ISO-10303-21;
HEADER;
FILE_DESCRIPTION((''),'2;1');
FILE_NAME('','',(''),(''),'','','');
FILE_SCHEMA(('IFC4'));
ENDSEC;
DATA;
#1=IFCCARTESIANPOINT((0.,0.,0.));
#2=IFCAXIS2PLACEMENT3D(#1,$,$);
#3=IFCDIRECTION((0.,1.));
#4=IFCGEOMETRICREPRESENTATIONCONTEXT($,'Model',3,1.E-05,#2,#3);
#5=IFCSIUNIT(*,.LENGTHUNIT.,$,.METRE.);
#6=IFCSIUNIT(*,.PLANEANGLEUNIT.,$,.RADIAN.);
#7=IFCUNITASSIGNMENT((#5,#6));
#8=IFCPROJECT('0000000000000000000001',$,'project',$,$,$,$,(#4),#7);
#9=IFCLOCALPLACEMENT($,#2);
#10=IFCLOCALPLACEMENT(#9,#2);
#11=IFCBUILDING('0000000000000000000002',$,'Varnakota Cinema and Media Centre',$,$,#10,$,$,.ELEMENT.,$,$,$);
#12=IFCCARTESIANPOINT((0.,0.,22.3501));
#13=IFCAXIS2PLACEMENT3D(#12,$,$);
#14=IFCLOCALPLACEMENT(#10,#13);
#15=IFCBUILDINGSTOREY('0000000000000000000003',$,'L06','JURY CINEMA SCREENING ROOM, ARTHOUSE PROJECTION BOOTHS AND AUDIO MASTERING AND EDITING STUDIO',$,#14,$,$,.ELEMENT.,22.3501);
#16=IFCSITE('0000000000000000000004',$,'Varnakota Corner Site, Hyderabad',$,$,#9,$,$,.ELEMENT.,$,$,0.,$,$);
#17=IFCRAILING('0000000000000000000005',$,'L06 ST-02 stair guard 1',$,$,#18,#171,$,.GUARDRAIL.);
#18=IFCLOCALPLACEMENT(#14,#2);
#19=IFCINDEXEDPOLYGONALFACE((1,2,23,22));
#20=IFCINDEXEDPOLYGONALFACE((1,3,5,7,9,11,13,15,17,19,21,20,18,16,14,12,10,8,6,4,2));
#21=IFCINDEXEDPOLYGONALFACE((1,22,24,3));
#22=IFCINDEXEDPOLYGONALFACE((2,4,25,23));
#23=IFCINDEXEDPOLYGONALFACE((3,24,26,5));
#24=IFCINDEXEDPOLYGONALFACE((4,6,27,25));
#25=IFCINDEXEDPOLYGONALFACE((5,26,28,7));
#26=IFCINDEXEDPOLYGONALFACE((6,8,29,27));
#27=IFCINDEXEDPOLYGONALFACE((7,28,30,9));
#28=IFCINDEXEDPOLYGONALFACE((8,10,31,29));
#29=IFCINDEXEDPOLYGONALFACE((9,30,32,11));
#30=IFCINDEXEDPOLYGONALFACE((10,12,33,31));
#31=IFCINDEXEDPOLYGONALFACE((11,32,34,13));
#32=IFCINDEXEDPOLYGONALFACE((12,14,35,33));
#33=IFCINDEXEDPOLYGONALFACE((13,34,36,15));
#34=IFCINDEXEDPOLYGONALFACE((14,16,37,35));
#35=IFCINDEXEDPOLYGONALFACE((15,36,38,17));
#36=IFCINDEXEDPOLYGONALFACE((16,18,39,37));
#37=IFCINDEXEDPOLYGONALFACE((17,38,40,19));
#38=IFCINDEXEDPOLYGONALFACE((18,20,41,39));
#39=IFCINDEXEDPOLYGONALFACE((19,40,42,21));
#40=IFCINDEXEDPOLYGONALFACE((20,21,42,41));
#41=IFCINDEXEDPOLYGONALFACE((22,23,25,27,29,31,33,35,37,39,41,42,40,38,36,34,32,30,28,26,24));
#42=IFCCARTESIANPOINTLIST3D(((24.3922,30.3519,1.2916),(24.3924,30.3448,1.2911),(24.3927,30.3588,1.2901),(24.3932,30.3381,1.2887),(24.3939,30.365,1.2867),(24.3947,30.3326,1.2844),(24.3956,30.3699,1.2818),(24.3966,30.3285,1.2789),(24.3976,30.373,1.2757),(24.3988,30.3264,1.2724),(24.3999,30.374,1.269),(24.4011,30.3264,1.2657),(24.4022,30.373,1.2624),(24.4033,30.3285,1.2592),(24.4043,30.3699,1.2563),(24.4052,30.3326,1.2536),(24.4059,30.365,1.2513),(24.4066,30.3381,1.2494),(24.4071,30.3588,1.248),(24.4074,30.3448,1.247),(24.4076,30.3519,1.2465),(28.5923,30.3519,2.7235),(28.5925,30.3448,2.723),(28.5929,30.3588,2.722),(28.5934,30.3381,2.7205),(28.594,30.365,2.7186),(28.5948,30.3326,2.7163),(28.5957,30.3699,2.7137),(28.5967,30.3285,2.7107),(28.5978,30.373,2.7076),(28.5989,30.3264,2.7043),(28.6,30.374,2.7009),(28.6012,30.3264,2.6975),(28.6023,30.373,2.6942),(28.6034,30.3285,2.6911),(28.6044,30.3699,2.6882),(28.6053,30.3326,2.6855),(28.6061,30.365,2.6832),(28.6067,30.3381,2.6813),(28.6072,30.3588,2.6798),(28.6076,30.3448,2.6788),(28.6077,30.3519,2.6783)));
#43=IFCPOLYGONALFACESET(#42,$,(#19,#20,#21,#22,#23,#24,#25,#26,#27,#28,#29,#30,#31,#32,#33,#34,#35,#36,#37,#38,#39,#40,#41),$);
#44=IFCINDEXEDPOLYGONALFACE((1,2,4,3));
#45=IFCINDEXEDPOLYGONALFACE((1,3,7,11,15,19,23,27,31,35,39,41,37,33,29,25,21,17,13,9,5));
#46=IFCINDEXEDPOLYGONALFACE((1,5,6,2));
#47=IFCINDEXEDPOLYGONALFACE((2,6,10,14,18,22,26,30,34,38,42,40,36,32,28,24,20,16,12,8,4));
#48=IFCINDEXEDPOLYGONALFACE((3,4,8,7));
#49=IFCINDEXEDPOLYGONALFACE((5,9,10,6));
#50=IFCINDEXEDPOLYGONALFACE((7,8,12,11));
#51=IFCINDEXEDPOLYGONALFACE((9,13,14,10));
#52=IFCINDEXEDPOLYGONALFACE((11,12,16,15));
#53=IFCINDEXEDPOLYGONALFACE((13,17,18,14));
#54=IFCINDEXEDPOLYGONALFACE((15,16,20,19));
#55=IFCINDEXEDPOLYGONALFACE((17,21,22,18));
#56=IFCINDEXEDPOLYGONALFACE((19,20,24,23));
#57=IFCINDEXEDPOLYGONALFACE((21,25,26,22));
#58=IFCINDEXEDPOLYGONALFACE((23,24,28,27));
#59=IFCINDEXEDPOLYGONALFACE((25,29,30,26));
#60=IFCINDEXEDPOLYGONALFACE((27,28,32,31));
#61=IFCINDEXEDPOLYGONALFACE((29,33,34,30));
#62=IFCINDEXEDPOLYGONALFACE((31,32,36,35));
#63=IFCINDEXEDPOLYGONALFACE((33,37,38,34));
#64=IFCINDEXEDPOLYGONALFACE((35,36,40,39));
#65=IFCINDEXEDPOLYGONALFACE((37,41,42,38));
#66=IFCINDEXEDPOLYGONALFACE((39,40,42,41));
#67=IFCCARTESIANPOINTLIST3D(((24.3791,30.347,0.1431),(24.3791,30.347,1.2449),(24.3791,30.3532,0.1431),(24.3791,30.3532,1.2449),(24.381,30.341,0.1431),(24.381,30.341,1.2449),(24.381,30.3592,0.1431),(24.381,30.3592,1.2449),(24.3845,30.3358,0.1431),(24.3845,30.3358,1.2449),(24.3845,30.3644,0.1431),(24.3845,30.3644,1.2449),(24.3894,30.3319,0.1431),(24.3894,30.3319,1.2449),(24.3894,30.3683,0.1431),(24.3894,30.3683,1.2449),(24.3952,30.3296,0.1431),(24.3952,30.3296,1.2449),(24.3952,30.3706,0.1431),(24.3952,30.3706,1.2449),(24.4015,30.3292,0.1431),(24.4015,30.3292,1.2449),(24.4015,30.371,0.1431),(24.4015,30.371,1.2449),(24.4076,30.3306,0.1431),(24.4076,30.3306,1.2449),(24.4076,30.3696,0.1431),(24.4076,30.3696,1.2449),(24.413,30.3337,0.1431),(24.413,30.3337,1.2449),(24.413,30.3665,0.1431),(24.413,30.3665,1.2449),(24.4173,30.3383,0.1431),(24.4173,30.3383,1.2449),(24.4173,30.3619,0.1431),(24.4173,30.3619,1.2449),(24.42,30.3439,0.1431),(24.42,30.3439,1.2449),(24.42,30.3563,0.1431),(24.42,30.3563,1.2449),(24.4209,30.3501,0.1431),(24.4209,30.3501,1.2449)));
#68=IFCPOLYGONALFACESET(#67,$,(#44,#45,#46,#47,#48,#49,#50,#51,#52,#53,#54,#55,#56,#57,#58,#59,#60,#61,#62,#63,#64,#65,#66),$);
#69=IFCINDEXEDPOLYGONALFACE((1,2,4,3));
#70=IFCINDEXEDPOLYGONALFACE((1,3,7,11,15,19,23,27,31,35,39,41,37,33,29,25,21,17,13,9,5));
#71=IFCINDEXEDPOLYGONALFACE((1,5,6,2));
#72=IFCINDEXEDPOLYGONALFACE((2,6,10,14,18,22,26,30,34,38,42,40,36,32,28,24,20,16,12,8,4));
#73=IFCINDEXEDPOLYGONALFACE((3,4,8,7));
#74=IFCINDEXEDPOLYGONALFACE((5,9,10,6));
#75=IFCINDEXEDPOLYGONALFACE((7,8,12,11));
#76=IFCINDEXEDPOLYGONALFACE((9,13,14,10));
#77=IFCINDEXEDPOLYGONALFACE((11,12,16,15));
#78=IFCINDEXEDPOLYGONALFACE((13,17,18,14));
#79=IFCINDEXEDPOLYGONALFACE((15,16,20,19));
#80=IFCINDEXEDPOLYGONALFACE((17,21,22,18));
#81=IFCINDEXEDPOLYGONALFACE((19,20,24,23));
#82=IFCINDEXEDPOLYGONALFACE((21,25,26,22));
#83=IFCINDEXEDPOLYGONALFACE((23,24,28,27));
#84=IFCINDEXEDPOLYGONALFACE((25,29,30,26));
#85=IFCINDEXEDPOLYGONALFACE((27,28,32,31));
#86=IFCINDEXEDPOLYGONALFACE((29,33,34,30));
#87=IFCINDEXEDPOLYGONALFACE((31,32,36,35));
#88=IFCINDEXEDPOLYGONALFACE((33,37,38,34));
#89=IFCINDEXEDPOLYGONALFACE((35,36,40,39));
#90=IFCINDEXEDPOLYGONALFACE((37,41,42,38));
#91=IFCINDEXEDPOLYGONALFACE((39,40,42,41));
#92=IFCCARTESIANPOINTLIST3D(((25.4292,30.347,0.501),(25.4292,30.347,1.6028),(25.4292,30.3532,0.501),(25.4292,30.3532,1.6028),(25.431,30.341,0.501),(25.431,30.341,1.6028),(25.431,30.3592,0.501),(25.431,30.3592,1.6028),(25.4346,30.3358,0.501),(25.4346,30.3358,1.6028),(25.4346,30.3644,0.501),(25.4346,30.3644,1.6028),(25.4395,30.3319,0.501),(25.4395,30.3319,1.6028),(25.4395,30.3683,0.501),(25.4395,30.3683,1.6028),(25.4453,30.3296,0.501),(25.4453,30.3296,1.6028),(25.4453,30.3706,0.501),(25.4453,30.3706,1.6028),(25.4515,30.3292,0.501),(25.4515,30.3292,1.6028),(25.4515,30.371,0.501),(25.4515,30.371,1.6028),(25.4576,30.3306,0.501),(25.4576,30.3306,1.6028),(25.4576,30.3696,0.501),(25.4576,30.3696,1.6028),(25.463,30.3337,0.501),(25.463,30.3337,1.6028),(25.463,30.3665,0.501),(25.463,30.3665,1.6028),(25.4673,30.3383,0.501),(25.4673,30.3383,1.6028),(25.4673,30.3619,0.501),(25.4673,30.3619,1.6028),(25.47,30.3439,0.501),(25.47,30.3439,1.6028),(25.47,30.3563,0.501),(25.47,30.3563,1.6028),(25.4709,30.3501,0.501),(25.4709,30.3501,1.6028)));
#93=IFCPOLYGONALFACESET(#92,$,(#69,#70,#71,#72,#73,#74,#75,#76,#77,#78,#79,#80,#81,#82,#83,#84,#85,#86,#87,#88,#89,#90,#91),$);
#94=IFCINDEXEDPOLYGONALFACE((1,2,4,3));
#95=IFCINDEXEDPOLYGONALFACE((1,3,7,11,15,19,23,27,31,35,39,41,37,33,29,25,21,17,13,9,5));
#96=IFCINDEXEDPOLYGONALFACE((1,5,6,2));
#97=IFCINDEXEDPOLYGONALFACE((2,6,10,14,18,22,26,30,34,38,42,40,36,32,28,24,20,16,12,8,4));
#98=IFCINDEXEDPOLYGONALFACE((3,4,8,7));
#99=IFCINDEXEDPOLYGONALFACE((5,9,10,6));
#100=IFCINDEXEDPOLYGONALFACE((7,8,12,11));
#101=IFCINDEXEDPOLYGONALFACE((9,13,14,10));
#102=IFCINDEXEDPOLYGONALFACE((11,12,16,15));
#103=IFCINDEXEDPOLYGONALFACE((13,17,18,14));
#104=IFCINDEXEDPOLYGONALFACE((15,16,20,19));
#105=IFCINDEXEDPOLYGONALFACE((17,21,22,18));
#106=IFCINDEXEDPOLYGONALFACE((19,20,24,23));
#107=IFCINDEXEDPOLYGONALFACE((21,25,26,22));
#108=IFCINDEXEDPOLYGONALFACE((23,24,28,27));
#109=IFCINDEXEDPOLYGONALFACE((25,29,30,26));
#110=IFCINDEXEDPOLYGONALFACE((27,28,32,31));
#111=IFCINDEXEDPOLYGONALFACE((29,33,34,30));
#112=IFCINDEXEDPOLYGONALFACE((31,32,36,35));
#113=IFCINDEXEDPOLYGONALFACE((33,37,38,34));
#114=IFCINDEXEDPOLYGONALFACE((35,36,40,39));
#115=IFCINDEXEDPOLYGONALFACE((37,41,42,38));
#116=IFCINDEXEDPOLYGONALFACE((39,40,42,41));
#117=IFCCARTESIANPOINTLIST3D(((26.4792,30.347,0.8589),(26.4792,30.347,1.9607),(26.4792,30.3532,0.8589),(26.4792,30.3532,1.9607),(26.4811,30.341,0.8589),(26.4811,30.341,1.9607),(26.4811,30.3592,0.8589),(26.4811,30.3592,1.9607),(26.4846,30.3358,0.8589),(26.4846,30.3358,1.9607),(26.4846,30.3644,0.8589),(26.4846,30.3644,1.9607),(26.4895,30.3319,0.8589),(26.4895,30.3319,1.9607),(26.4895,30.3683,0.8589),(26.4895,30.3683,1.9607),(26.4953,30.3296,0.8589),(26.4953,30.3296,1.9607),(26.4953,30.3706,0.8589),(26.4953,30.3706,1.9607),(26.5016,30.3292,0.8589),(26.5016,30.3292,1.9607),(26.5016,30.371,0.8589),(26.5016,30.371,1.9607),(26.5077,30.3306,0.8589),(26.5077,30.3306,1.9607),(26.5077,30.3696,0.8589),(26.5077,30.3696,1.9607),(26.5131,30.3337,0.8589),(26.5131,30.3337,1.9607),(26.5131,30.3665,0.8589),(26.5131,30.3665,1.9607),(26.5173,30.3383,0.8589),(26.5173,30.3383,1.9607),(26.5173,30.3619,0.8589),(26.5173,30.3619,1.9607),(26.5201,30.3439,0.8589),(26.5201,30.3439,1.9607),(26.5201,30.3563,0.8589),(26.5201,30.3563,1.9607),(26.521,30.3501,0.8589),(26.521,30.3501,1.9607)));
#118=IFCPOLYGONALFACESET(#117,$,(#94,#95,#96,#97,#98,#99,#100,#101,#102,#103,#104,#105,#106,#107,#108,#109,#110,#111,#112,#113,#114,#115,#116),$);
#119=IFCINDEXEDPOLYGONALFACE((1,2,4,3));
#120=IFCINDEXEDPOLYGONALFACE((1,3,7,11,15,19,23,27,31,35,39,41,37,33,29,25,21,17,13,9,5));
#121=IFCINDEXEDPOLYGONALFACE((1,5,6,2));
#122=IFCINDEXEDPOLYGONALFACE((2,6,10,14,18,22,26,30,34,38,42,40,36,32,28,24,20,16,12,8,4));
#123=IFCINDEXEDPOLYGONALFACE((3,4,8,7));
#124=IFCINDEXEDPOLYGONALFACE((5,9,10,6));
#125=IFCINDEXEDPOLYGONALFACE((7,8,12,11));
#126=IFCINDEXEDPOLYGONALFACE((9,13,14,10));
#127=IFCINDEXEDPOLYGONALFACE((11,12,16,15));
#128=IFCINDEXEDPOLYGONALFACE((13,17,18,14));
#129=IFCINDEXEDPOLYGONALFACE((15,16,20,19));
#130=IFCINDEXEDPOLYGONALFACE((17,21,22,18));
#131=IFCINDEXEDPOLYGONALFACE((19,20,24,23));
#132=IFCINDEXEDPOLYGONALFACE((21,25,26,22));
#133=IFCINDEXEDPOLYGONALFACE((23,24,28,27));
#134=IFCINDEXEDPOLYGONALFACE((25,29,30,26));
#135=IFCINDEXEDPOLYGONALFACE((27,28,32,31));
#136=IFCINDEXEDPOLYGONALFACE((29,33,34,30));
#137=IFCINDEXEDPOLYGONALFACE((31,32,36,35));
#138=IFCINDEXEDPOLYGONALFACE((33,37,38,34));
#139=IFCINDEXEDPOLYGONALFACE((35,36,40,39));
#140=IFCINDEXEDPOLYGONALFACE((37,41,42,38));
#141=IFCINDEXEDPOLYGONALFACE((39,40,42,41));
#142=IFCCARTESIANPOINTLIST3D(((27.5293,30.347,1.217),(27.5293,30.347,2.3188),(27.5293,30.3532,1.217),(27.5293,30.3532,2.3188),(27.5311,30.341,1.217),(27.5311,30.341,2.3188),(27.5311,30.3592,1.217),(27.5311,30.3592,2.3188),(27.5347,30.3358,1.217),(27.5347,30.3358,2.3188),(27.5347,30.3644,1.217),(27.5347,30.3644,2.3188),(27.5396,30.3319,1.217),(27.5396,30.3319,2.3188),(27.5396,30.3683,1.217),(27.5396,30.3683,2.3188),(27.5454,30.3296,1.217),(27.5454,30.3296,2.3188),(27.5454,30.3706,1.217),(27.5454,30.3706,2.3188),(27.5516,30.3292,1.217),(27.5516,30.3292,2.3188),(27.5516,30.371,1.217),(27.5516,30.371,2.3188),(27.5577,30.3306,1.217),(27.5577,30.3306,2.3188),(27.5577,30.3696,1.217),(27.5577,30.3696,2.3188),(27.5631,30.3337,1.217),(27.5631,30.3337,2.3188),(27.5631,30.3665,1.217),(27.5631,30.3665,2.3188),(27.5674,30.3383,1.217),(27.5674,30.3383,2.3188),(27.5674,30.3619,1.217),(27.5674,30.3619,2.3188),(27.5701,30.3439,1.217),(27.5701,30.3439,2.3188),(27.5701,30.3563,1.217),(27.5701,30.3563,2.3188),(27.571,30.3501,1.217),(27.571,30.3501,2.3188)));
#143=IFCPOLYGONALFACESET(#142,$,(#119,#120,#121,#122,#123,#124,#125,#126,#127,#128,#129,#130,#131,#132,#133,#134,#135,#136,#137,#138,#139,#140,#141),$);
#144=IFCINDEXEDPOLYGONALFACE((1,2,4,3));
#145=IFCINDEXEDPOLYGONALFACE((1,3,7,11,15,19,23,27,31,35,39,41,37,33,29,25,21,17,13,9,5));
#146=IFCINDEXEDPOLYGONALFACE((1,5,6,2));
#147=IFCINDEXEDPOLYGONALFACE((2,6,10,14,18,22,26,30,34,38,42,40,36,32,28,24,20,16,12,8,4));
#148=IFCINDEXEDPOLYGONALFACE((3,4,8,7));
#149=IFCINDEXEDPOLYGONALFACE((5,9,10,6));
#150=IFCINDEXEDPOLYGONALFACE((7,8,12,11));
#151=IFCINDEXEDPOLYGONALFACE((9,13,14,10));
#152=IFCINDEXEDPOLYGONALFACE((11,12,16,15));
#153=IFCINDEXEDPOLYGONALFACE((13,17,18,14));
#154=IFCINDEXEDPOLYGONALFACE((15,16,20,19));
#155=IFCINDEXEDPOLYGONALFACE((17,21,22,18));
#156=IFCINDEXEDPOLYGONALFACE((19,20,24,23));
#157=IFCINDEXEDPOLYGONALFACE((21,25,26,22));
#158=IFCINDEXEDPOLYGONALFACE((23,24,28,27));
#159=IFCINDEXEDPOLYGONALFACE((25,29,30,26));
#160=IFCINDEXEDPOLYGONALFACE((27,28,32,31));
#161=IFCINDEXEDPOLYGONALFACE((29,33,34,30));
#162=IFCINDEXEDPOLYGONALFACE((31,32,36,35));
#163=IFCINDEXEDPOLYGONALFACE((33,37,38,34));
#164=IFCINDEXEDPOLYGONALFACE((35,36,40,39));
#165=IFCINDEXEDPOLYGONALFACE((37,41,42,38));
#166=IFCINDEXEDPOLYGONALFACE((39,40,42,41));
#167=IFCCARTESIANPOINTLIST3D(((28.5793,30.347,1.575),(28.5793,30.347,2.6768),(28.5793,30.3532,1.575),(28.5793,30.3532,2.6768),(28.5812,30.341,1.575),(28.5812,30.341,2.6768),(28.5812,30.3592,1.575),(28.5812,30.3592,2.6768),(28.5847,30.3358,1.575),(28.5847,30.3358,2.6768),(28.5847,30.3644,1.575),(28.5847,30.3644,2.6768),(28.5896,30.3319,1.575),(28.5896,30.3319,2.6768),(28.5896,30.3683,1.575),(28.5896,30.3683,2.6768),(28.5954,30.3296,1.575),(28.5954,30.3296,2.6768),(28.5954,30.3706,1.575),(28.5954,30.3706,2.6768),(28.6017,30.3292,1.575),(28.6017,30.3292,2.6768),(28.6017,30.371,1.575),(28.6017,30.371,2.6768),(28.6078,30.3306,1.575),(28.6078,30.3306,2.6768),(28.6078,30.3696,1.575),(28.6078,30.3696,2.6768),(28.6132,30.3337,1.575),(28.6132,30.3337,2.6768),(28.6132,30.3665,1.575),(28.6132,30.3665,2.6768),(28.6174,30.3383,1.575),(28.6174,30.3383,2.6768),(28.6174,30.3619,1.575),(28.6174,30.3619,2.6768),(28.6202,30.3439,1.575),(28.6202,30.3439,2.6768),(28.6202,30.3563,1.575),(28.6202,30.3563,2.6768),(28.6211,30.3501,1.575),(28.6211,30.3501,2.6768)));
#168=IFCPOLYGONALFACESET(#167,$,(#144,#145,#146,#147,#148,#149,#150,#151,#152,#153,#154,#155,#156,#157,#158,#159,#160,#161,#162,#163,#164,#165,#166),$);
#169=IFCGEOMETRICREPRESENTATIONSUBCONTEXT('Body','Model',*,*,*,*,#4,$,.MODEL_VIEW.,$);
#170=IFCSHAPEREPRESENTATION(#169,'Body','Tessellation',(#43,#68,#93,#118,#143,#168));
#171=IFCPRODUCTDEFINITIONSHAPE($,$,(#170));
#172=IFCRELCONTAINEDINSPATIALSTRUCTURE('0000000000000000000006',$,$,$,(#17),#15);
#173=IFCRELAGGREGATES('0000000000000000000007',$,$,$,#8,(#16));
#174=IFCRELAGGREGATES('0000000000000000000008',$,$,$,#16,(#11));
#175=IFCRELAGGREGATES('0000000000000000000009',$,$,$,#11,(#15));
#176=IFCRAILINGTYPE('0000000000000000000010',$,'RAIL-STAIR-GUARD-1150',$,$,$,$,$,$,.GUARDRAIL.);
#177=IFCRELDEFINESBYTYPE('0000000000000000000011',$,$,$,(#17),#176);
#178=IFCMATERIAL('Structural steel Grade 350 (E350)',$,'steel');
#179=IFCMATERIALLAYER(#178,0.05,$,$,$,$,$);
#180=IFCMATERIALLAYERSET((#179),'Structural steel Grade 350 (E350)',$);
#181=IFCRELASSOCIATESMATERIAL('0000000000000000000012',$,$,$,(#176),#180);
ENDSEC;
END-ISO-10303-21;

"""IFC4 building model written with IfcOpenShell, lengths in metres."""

from ifc_helpers import new_model, si_unit, direction, frame, origin, origin_2d, place, context, subcontext, project, spatial, circle, extrude, material, layer, layer_set, type_object, element, save


model = new_model("IFC4")

# Units and contexts
model_context = context("Model", 3, precision=1e-05, world=origin(), true_north=direction((0.0, 1.0)))
body_context = subcontext(model_context, "Body", "Model", "MODEL_VIEW")
ifc_project = project(units=[si_unit("LENGTHUNIT", "METRE"), si_unit("PLANEANGLEUNIT", "RADIAN")], contexts=[model_context])

# Site, building, storey
site_placement = place(None, origin())
site = spatial("IfcSite", under=ifc_project, at=site_placement, Name="Varnakota Corner Site, Hyderabad", CompositionType="ELEMENT", RefElevation=0.0)
building_placement = place(site_placement, origin())
building = spatial("IfcBuilding", under=site, at=building_placement, Name="Varnakota Cinema and Media Centre", CompositionType="ELEMENT")
storey_placement = place(building_placement, frame((0.0, 0.0, 22.3501)))
storey = spatial("IfcBuildingStorey", under=building, at=storey_placement, Name="L06", Description="JURY CINEMA SCREENING ROOM, ARTHOUSE PROJECTION BOOTHS AND AUDIO MASTERING AND EDITING STUDIO", CompositionType="ELEMENT", Elevation=22.3501)

# Railing
ifc_material_1 = material(Name="Structural steel Grade 350 (E350)", Category="steel")
ifc_layer_1 = layer(ifc_material_1, 0.05)
ifc_layer_set_1 = layer_set([ifc_layer_1], Name="Structural steel Grade 350 (E350)")
railing_type_1 = type_object("IfcRailingType", Name="RAIL-STAIR-GUARD-1150", PredefinedType="GUARDRAIL", material=ifc_layer_set_1)
railing_1_placement = place(storey_placement, frame((24.3999, 30.3501, 0.1431)))
element("IfcRailing", 1, at=railing_1_placement, inside=storey, type_object=railing_type_1, Name="L06 ST-02 stair guard 1", PredefinedType="GUARDRAIL", context=body_context, shape_type="SweptSolid", body=[
    extrude(circle(Radius=0.0239, at=origin_2d()), frame((0.0, 0.0, 1.126), z_axis=(0.94651, 0.0, 0.322674), x_axis=(0.0, 1.0, 0.0)), (0.0, 0.0, 1.0), 4.4375),
    extrude(circle(Radius=0.021, at=origin_2d()), origin(), (0.0, 0.0, 1.0), 1.1018),
    extrude(circle(Radius=0.021, at=origin_2d()), frame((1.05, 0.0, 0.3579)), (0.0, 0.0, 1.0), 1.1018),
    extrude(circle(Radius=0.021, at=origin_2d()), frame((2.1001, 0.0, 0.7158)), (0.0, 0.0, 1.0), 1.1018),
    extrude(circle(Radius=0.021, at=origin_2d()), frame((3.1501, 0.0, 1.074)), (0.0, 0.0, 1.0), 1.1018),
    extrude(circle(Radius=0.021, at=origin_2d()), frame((4.2002, 0.0, 1.4319)), (0.0, 0.0, 1.0), 1.1018),
])

save(model, "model.ifc")
